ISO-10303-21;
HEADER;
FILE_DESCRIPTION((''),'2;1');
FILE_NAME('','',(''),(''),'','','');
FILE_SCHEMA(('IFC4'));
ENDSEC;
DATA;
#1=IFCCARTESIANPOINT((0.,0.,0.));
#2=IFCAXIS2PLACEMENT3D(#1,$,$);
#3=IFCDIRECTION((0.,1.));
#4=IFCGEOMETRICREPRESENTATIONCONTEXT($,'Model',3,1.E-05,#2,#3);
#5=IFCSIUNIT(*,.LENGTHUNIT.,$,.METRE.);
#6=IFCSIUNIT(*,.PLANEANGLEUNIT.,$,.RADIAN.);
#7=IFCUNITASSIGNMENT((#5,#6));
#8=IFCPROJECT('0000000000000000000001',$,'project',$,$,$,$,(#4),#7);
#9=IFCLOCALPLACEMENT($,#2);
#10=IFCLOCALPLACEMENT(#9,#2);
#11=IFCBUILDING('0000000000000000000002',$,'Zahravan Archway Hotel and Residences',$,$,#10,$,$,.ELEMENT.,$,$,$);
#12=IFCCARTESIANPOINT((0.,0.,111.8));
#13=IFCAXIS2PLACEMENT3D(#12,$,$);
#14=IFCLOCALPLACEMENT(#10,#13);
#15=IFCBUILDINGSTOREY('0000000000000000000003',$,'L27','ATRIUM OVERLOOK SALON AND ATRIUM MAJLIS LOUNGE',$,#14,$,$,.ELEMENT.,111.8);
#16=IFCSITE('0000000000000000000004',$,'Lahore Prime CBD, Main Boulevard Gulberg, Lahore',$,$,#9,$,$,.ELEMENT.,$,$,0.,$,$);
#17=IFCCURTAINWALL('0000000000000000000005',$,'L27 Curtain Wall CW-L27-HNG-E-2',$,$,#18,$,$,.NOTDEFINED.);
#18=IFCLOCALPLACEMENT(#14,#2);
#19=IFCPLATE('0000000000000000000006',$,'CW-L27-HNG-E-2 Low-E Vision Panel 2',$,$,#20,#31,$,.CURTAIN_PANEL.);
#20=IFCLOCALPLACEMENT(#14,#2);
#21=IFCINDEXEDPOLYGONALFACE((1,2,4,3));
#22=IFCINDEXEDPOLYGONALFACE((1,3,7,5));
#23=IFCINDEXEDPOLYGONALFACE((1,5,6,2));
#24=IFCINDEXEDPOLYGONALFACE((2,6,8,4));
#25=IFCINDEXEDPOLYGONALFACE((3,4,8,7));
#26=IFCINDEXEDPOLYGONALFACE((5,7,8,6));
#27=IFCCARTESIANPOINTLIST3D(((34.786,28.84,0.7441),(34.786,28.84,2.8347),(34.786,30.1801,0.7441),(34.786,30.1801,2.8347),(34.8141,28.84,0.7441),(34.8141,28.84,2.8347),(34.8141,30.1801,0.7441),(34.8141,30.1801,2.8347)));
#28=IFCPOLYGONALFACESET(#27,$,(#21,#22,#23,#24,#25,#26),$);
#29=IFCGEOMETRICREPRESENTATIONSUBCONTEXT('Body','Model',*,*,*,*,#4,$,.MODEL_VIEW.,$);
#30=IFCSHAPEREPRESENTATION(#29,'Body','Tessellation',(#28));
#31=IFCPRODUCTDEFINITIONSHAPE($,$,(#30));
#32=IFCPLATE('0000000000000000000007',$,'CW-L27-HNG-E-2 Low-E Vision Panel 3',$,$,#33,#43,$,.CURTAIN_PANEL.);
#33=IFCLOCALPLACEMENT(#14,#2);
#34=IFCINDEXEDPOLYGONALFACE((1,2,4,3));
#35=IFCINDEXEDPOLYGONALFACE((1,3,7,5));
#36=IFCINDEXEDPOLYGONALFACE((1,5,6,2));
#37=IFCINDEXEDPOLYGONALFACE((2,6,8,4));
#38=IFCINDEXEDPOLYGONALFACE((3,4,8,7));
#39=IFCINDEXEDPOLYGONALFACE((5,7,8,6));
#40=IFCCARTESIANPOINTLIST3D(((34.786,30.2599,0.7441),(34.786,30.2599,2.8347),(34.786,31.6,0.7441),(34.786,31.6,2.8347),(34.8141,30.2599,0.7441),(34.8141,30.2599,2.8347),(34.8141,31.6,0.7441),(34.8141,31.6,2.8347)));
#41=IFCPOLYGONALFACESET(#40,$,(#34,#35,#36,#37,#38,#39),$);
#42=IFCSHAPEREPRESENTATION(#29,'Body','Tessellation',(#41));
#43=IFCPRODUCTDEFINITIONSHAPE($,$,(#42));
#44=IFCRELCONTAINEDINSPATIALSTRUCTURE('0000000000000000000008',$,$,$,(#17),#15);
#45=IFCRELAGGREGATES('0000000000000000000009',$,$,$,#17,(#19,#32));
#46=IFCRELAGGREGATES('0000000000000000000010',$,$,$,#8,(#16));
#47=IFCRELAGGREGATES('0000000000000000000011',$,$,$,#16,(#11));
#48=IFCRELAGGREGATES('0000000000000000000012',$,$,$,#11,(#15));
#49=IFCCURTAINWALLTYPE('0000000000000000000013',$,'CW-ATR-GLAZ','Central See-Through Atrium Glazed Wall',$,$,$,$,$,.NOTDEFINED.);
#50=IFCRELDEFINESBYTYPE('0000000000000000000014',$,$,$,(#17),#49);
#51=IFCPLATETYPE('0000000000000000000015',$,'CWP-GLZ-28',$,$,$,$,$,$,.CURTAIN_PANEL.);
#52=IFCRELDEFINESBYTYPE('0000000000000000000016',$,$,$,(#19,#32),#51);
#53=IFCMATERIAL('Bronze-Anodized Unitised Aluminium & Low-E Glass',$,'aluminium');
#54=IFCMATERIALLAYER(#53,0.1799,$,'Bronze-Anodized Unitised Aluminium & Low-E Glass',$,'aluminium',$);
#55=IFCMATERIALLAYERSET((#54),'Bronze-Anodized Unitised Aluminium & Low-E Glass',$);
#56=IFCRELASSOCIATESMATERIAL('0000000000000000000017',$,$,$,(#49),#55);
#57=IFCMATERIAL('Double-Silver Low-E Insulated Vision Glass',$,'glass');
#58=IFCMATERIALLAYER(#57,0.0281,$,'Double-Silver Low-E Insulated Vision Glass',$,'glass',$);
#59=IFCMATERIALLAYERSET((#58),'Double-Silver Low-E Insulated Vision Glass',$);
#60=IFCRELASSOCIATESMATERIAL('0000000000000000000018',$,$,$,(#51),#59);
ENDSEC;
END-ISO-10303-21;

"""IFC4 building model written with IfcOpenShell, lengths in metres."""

from ifc_helpers import new_model, si_unit, direction, frame, origin, origin_2d, place, context, subcontext, project, spatial, rectangle, extrude, source, transform, mapped, material, layer, layer_set, type_object, element, aggregate, save


model = new_model("IFC4")

# Units and contexts
model_context = context("Model", 3, precision=1e-05, world=origin(), true_north=direction((0.0, 1.0)))
body_context = subcontext(model_context, "Body", "Model", "MODEL_VIEW")
ifc_project = project(units=[si_unit("LENGTHUNIT", "METRE"), si_unit("PLANEANGLEUNIT", "RADIAN")], contexts=[model_context])

# Site, building, storey
site_placement = place(None, origin())
site = spatial("IfcSite", under=ifc_project, at=site_placement, Name="Lahore Prime CBD, Main Boulevard Gulberg, Lahore", CompositionType="ELEMENT", RefElevation=0.0)
building_placement = place(site_placement, origin())
building = spatial("IfcBuilding", under=site, at=building_placement, Name="Zahravan Archway Hotel and Residences", CompositionType="ELEMENT")
storey_placement = place(building_placement, frame((0.0, 0.0, 111.8)))
storey = spatial("IfcBuildingStorey", under=building, at=storey_placement, Name="L27", Description="ATRIUM OVERLOOK SALON AND ATRIUM MAJLIS LOUNGE", CompositionType="ELEMENT", Elevation=111.8)

# Curtain wall
ifc_material_1 = material(Name="Bronze-Anodized Unitised Aluminium & Low-E Glass", Category="aluminium")
ifc_layer_1 = layer(ifc_material_1, 0.1799, Name="Bronze-Anodized Unitised Aluminium & Low-E Glass", Category="aluminium")
ifc_layer_set_1 = layer_set([ifc_layer_1], Name="Bronze-Anodized Unitised Aluminium & Low-E Glass")
curtain_wall_type = type_object("IfcCurtainWallType", Name="CW-ATR-GLAZ", Description="Central See-Through Atrium Glazed Wall", PredefinedType="NOTDEFINED", material=ifc_layer_set_1)
curtain_wall_1_placement = place(storey_placement, origin())
curtain_wall_1 = element("IfcCurtainWall", 1, at=curtain_wall_1_placement, inside=storey, type_object=curtain_wall_type, Name="L27 Curtain Wall CW-L27-HNG-E-2", PredefinedType="NOTDEFINED")

# Plates
ifc_material_2 = material(Name="Double-Silver Low-E Insulated Vision Glass", Category="glass")
ifc_layer_2 = layer(ifc_material_2, 0.0281, Name="Double-Silver Low-E Insulated Vision Glass", Category="glass")
ifc_layer_set_2 = layer_set([ifc_layer_2], Name="Double-Silver Low-E Insulated Vision Glass")
plate_type_1 = type_object("IfcPlateType", Name="CWP-GLZ-28", PredefinedType="CURTAIN_PANEL", material=ifc_layer_set_2)
shared_shape_1 = source(origin(), body_context, "Body", "SweptSolid", [
    extrude(rectangle(XDim=1.3401, YDim=0.0281, at=origin_2d()), origin(), (0.0, 0.0, 1.0), 2.0906),
])
plate_1_placement = place(storey_placement, frame((34.8, 29.51, 0.7441), z_axis=(0.0, 0.0, 1.0), x_axis=(0.0, 1.0, 0.0)))
plate_1 = element("IfcPlate", 2, at=plate_1_placement, type_object=plate_type_1, Name="CW-L27-HNG-E-2 Low-E Vision Panel 2", PredefinedType="CURTAIN_PANEL", context=body_context, shape_type="MappedRepresentation", body=[
    mapped(shared_shape_1, transform((0.0, 0.0, 0.0), scale=1.0)),
])
plate_2_placement = place(storey_placement, frame((34.8, 30.9299, 0.7441), z_axis=(0.0, 0.0, 1.0), x_axis=(0.0, 1.0, 0.0)))
plate_2 = element("IfcPlate", 3, at=plate_2_placement, type_object=plate_type_1, Name="CW-L27-HNG-E-2 Low-E Vision Panel 3", PredefinedType="CURTAIN_PANEL", context=body_context, shape_type="MappedRepresentation", body=[
    mapped(shared_shape_1, transform((0.0, 0.0, 0.0), scale=1.0)),
])
aggregate(curtain_wall_1, [plate_1, plate_2])

save(model, "model.ifc")
